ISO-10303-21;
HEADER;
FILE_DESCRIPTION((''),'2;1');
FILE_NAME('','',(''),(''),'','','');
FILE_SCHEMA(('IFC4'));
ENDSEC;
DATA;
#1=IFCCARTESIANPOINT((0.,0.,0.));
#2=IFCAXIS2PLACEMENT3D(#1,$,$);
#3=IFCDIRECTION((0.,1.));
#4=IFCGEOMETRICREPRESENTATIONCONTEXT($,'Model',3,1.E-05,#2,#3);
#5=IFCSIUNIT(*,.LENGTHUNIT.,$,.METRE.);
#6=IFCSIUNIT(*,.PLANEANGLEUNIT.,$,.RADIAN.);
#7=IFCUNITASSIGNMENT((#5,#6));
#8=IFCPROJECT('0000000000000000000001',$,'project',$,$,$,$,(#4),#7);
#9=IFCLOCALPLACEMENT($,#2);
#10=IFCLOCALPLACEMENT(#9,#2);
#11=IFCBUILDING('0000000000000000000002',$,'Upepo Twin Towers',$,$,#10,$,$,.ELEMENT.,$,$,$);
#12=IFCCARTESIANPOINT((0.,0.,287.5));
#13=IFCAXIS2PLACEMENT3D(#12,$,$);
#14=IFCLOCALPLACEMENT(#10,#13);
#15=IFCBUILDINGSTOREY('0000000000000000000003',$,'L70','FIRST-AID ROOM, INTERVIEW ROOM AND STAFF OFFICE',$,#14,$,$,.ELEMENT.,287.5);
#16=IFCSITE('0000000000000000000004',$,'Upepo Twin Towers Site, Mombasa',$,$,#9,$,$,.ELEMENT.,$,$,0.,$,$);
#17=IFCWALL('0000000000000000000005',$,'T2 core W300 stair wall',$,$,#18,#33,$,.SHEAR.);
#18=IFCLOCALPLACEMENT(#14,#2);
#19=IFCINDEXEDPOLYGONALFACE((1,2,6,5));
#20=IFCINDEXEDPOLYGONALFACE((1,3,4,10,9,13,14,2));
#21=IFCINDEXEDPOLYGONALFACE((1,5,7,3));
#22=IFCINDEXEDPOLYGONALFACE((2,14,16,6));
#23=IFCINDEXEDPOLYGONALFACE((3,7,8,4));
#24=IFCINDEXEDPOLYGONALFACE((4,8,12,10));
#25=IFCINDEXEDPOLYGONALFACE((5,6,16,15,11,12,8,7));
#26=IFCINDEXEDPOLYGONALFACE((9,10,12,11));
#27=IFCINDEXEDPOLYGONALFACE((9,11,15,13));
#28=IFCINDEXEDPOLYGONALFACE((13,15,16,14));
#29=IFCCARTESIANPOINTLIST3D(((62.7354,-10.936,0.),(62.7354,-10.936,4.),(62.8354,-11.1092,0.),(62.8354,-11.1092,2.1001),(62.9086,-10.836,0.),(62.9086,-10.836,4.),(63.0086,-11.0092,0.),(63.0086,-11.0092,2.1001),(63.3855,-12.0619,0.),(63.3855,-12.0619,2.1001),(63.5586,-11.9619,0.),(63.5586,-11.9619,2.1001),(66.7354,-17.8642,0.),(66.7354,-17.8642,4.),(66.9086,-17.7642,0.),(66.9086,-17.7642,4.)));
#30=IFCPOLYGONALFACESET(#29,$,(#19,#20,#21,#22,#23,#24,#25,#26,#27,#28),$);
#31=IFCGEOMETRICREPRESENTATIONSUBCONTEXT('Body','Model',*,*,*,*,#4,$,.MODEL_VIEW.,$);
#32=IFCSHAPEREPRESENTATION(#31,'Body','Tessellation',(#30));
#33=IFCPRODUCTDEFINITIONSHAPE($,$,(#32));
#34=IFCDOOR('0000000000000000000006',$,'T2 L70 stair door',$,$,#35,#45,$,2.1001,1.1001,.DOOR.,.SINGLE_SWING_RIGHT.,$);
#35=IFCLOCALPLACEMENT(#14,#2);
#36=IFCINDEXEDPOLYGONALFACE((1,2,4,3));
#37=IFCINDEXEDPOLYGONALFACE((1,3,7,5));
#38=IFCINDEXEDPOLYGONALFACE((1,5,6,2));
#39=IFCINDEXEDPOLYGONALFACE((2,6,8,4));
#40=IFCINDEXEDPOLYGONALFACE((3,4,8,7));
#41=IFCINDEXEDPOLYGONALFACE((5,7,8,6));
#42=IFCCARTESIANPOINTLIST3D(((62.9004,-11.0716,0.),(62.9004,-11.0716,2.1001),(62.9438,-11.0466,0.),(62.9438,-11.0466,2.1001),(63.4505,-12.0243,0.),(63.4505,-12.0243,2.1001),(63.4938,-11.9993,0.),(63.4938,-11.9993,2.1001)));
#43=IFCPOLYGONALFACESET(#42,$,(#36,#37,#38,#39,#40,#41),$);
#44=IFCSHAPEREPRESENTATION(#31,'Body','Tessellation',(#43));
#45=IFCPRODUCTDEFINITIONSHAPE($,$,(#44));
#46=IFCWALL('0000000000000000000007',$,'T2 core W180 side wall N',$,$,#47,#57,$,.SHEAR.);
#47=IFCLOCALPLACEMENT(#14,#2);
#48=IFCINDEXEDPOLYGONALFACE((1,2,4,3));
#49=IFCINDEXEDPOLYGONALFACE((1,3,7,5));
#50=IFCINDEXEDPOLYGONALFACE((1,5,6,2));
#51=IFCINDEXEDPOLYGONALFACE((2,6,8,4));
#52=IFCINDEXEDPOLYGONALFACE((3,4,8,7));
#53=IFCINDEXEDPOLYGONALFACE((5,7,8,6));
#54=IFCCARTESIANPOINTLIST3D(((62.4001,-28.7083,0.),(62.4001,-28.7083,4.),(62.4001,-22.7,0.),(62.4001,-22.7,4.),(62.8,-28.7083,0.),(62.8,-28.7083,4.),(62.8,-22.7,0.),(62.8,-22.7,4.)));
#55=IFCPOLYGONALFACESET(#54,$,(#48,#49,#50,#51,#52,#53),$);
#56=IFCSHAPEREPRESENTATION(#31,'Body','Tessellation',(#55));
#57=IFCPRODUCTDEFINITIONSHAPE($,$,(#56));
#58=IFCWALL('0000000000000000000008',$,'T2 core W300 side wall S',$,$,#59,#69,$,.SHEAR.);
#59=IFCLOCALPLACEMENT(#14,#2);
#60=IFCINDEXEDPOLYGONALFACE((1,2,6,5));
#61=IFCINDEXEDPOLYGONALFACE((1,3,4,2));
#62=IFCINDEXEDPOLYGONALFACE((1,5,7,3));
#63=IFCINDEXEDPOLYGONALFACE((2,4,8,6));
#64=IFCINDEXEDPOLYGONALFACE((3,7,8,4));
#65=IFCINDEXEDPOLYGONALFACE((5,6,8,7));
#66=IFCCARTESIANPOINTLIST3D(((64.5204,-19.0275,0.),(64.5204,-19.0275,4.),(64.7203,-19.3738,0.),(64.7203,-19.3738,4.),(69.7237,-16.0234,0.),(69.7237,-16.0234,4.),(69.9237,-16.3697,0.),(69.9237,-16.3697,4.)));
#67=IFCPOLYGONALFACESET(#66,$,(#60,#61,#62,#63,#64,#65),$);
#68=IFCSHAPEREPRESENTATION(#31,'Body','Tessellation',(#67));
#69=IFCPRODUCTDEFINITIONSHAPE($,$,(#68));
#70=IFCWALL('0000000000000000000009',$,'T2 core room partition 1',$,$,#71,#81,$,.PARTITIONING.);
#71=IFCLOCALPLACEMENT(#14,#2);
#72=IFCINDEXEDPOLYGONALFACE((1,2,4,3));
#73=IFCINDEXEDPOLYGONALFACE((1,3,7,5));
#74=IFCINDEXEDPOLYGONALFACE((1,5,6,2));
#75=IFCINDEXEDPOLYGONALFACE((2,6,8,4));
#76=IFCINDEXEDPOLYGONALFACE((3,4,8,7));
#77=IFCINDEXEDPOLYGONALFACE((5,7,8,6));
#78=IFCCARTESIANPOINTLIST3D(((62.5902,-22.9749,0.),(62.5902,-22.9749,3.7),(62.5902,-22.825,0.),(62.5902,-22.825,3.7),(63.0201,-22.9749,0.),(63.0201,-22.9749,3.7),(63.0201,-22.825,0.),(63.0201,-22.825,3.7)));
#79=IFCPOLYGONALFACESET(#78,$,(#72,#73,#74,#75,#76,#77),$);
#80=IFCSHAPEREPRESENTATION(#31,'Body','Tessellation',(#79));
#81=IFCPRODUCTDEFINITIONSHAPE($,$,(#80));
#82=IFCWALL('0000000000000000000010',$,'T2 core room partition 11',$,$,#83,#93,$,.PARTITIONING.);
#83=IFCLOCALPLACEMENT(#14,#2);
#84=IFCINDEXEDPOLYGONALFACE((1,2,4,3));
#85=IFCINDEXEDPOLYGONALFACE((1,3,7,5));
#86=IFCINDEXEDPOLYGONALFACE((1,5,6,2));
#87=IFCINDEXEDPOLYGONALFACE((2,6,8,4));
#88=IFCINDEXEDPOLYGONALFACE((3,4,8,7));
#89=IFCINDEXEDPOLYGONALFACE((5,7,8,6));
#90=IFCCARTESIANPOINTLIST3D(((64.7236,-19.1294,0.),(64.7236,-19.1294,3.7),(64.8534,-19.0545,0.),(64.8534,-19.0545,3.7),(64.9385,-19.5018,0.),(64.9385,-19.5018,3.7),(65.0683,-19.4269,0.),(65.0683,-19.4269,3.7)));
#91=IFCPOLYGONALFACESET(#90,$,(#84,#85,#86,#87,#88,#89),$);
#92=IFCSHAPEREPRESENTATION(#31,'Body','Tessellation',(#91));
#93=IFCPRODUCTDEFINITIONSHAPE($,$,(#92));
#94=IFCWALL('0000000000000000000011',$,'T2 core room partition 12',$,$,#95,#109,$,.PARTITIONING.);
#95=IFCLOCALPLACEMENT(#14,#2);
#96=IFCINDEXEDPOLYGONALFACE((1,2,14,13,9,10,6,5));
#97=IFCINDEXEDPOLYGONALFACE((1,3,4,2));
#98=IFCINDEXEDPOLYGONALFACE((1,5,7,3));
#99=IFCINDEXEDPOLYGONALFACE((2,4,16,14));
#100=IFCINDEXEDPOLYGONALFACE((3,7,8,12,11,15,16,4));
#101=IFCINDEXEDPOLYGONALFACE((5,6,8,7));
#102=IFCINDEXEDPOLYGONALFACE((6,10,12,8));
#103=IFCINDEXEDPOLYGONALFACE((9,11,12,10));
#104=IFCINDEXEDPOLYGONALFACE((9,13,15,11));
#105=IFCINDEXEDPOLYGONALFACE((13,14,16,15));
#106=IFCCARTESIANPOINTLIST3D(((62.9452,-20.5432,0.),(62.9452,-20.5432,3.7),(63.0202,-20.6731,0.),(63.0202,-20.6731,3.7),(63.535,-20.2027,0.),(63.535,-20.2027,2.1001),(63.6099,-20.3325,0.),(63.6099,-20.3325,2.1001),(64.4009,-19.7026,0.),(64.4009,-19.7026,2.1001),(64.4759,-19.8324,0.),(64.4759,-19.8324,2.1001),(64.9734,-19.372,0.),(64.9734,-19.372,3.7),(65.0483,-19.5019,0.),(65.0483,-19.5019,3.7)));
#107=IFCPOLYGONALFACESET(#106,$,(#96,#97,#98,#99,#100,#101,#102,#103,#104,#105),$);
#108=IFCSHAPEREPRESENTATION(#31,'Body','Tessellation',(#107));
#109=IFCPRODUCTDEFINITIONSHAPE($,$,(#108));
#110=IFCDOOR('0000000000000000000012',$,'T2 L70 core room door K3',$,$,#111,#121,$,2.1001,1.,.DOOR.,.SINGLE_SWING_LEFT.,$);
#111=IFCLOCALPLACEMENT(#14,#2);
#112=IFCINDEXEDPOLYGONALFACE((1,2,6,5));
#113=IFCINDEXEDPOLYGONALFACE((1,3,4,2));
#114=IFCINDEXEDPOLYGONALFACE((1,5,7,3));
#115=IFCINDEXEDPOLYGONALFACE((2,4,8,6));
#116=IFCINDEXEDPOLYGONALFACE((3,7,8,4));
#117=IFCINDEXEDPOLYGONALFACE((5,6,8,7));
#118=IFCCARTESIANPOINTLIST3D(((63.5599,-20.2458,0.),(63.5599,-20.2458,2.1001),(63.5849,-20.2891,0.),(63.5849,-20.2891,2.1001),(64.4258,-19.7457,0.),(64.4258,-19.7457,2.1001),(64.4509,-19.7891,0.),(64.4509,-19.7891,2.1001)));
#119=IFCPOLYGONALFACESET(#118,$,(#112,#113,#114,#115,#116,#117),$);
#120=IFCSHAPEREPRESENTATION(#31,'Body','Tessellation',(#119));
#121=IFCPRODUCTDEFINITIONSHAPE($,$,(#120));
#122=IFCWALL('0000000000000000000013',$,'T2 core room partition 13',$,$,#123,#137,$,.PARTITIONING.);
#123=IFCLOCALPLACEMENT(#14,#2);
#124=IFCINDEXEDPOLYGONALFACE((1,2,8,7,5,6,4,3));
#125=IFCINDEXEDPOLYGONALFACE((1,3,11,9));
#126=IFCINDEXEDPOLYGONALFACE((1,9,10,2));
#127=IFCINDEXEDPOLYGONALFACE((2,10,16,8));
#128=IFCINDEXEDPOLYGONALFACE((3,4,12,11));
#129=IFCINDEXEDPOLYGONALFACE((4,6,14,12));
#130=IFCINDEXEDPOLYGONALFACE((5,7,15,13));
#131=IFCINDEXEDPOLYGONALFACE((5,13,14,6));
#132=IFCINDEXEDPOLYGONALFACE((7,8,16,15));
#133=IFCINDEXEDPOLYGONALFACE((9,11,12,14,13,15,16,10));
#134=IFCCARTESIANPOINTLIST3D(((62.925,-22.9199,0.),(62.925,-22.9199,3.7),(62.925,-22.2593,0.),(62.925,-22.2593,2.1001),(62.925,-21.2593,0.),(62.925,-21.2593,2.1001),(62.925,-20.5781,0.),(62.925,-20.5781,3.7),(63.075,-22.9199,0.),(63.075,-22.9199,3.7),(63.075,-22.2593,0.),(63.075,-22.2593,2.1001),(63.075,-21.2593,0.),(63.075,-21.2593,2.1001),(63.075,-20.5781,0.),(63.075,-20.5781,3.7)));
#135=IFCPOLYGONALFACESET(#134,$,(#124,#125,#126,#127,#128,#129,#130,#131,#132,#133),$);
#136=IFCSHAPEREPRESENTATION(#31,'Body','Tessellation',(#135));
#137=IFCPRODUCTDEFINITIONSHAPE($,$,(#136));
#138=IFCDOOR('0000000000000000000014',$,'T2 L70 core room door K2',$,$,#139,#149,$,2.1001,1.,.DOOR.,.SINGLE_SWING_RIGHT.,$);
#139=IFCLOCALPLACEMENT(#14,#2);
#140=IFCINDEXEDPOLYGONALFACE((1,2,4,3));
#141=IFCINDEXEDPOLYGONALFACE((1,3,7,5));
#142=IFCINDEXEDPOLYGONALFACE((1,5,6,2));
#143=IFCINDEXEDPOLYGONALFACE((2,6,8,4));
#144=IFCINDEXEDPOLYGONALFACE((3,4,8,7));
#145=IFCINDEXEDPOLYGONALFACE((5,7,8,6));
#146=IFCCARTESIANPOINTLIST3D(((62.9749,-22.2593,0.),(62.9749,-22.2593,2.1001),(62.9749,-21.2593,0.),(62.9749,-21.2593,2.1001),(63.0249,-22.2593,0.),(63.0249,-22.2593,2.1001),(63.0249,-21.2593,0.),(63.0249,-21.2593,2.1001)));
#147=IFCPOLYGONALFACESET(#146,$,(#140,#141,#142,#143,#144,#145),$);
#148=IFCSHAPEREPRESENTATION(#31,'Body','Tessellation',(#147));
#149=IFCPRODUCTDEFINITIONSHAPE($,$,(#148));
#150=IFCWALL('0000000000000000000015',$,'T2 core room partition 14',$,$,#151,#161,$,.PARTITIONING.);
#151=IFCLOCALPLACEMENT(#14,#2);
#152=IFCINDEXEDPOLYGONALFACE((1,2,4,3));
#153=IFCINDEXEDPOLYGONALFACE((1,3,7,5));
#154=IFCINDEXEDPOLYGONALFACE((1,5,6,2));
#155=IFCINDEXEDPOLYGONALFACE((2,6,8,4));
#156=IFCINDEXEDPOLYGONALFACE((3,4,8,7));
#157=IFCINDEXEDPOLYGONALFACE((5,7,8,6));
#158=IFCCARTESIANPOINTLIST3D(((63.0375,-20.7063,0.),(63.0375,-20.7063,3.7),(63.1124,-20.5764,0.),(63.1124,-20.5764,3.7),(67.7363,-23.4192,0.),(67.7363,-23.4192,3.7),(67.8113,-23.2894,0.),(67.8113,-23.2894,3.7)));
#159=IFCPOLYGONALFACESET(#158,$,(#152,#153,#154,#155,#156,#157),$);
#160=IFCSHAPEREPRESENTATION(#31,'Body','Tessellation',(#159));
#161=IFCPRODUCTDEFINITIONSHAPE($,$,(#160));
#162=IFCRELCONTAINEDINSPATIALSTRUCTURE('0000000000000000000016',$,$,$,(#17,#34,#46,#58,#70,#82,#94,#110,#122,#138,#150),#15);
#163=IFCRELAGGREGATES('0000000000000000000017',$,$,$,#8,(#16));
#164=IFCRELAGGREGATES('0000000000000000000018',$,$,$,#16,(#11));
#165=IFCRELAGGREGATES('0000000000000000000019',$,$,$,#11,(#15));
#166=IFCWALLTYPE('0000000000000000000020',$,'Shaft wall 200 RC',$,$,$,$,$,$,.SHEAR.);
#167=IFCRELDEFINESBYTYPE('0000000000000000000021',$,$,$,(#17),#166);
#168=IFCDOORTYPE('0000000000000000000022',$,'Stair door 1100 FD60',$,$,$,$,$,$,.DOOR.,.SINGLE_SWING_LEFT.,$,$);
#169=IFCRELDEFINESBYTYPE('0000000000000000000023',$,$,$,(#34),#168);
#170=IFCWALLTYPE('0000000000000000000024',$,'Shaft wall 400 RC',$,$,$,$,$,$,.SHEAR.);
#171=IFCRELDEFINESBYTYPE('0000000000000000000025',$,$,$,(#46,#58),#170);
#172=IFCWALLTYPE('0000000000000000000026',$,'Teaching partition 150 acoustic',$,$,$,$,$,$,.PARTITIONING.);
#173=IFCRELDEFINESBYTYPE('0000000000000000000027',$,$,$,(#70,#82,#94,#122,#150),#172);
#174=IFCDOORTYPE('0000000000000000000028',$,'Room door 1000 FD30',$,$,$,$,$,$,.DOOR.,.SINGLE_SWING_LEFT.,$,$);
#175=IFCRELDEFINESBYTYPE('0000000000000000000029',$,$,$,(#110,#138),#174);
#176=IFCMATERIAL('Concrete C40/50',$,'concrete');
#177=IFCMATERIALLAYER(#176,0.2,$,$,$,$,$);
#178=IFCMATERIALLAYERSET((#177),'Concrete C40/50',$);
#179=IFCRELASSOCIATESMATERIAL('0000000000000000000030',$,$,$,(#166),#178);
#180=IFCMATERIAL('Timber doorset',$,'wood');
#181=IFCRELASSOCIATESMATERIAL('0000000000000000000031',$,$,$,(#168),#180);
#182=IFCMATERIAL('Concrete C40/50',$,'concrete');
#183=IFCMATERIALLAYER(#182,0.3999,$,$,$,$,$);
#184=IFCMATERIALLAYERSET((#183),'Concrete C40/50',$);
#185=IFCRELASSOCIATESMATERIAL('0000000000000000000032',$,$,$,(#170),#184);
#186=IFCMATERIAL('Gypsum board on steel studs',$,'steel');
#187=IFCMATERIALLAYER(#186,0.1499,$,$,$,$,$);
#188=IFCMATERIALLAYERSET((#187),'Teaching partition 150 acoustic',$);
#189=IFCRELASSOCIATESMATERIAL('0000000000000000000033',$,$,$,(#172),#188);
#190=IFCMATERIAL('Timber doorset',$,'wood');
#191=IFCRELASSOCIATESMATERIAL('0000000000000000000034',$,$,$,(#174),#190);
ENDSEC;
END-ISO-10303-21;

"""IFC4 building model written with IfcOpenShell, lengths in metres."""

from ifc_helpers import new_model, si_unit, direction, frame, frame_2d, origin, place, context, subcontext, project, spatial, rectangle, extrude, material, layer, layer_set, type_object, element, fill, save


model = new_model("IFC4")

# Units and contexts
model_context = context("Model", 3, precision=1e-05, world=origin(), true_north=direction((0.0, 1.0)))
body_context = subcontext(model_context, "Body", "Model", "MODEL_VIEW")
ifc_project = project(units=[si_unit("LENGTHUNIT", "METRE"), si_unit("PLANEANGLEUNIT", "RADIAN")], contexts=[model_context])

# Site, building, storey
site_placement = place(None, origin())
site = spatial("IfcSite", under=ifc_project, at=site_placement, Name="Upepo Twin Towers Site, Mombasa", CompositionType="ELEMENT", RefElevation=0.0)
building_placement = place(site_placement, origin())
building = spatial("IfcBuilding", under=site, at=building_placement, Name="Upepo Twin Towers", CompositionType="ELEMENT")
storey_placement = place(building_placement, frame((0.0, 0.0, 287.5)))
storey = spatial("IfcBuildingStorey", under=building, at=storey_placement, Name="L70", Description="FIRST-AID ROOM, INTERVIEW ROOM AND STAFF OFFICE", CompositionType="ELEMENT", Elevation=287.5)

# Shared definitions
ifc_material_1 = material(Name="Concrete C40/50", Category="concrete")
ifc_layer_1 = layer(ifc_material_1, 0.2)
ifc_layer_set_1 = layer_set([ifc_layer_1], Name="Concrete C40/50")
wall_type_1 = type_object("IfcWallType", Name="Shaft wall 200 RC", PredefinedType="SHEAR", material=ifc_layer_set_1)

# Wall, opening, door
wall_1_placement = place(storey_placement, frame((66.822, -17.8142, 0.0), z_axis=(0.0, 0.0, 1.0), x_axis=(-0.499999, 0.866026, 0.0)))
wall_1 = element("IfcWall", 1, at=wall_1_placement, inside=storey, type_object=wall_type_1, Name="T2 core W300 stair wall", PredefinedType="SHEAR", context=body_context, shape_type="SweptSolid", body=[
    extrude(rectangle(XDim=8.0, YDim=0.2, at=frame_2d((4.0, 0.0))), origin(), (0.0, 0.0, 1.0), 4.0),
])
opening_1_placement = place(wall_1_placement, frame((6.7, 0.0, 0.0)))
opening_1 = element("IfcOpeningElement", 2, at=opening_1_placement, cuts=wall_1, PredefinedType="OPENING", context=body_context, shape_type="SweptSolid", body=[
    extrude(rectangle(XDim=1.1001, YDim=2.1001, at=frame_2d((0.55, 1.05))), frame((0.0, 0.1099, 0.0), z_axis=(0.0, -1.0, 0.0), x_axis=(1.0, 0.0, 0.0)), (0.0, 0.0, 1.0), 0.22),
])
ifc_material_2 = material(Name="Timber doorset", Category="wood")
door_type_1 = type_object("IfcDoorType", Name="Stair door 1100 FD60", OperationType="SINGLE_SWING_LEFT", PredefinedType="DOOR", material=ifc_material_2)
door_1_placement = place(opening_1_placement, origin())
door_1 = element("IfcDoor", 3, at=door_1_placement, inside=storey, type_object=door_type_1, Name="T2 L70 stair door", OperationType="SINGLE_SWING_RIGHT", OverallHeight=2.1001, OverallWidth=1.1001, PredefinedType="DOOR", context=body_context, shape_type="SweptSolid", body=[
    extrude(rectangle(XDim=1.1001, YDim=2.1001, at=frame_2d((0.55, 1.05))), frame((0.0, 0.0249, 0.0), z_axis=(0.0, -1.0, 0.0), x_axis=(1.0, 0.0, 0.0)), (0.0, 0.0, 1.0), 0.05),
])
fill(opening_1, door_1)

# Walls
ifc_material_3 = material(Name="Concrete C40/50", Category="concrete")
ifc_layer_2 = layer(ifc_material_3, 0.3999)
ifc_layer_set_2 = layer_set([ifc_layer_2], Name="Concrete C40/50")
wall_type_2 = type_object("IfcWallType", Name="Shaft wall 400 RC", PredefinedType="SHEAR", material=ifc_layer_set_2)
for number, where, z_axis, x_axis, name in (
    (4, (62.6001, -22.7, 0.0), (0.0, 0.0, 1.0), (0.0, -1.0, 0.0), "T2 core W180 side wall N"),
    (5, (64.6204, -19.2007, 0.0), (0.0, 0.0, 1.0), (0.866027, 0.499998, 0.0), "T2 core W300 side wall S"),
):
    element("IfcWall", number, at=place(storey_placement, frame(where, z_axis=z_axis, x_axis=x_axis)), inside=storey, type_object=wall_type_2, Name=name, PredefinedType="SHEAR", context=body_context, shape_type="SweptSolid", body=[
        extrude(rectangle(XDim=6.0083, YDim=0.3999, at=frame_2d((3.0042, 0.0))), origin(), (0.0, 0.0, 1.0), 4.0),
    ])
ifc_material_4 = material(Name="Gypsum board on steel studs", Category="steel")
ifc_layer_3 = layer(ifc_material_4, 0.1499)
ifc_layer_set_3 = layer_set([ifc_layer_3], Name="Teaching partition 150 acoustic")
wall_type_3 = type_object("IfcWallType", Name="Teaching partition 150 acoustic", PredefinedType="PARTITIONING", material=ifc_layer_set_3)
for number, where, z_axis, x_axis, name in (
    (6, (63.02, -22.8999, 0.0), (0.0, 0.0, 1.0), (-1.0, 0.0, 0.0), "T2 core room partition 1"),
    (7, (64.7886, -19.092, 0.0), (0.0, 0.0, 1.0), (0.499804, -0.866138, 0.0), "T2 core room partition 11"),
):
    element("IfcWall", number, at=place(storey_placement, frame(where, z_axis=z_axis, x_axis=x_axis)), inside=storey, type_object=wall_type_3, Name=name, PredefinedType="PARTITIONING", context=body_context, shape_type="SweptSolid", body=[
        extrude(rectangle(XDim=0.4299, YDim=0.1499, at=frame_2d((0.2148, 0.0))), origin(), (0.0, 0.0, 1.0), 3.7),
    ])

# Walls, openings, doors
wall_2_placement = place(storey_placement, frame((65.0107, -19.437, 0.0), z_axis=(0.0, 0.0, 1.0), x_axis=(-0.865982, -0.500074, 0.0)))
wall_2 = element("IfcWall", 8, at=wall_2_placement, inside=storey, type_object=wall_type_3, Name="T2 core room partition 12", PredefinedType="PARTITIONING", context=body_context, shape_type="SweptSolid", body=[
    extrude(rectangle(XDim=2.342, YDim=0.1499, at=frame_2d((1.1709, 0.0))), origin(), (0.0, 0.0, 1.0), 3.7),
])
opening_2_placement = place(wall_2_placement, frame((0.6609, 0.0, 0.0)))
opening_2 = element("IfcOpeningElement", 9, at=opening_2_placement, cuts=wall_2, PredefinedType="OPENING", context=body_context, shape_type="SweptSolid", body=[
    extrude(rectangle(XDim=1.0, YDim=2.1001, at=frame_2d((0.5, 1.05))), frame((0.0, 0.085, 0.0), z_axis=(0.0, -1.0, 0.0), x_axis=(1.0, 0.0, 0.0)), (0.0, 0.0, 1.0), 0.1699),
])
ifc_material_5 = material(Name="Timber doorset", Category="wood")
door_type_2 = type_object("IfcDoorType", Name="Room door 1000 FD30", OperationType="SINGLE_SWING_LEFT", PredefinedType="DOOR", material=ifc_material_5)
door_2_placement = place(opening_2_placement, origin())
door_2 = element("IfcDoor", 10, at=door_2_placement, inside=storey, type_object=door_type_2, Name="T2 L70 core room door K3", OperationType="SINGLE_SWING_LEFT", OverallHeight=2.1001, OverallWidth=1.0, PredefinedType="DOOR", context=body_context, shape_type="SweptSolid", body=[
    extrude(rectangle(XDim=1.0, YDim=2.1001, at=frame_2d((0.5, 1.05))), frame((0.0, 0.0249, 0.0), z_axis=(0.0, -1.0, 0.0), x_axis=(1.0, 0.0, 0.0)), (0.0, 0.0, 1.0), 0.05),
])
fill(opening_2, door_2)
wall_3_placement = place(storey_placement, frame((63.0, -20.5781, 0.0), z_axis=(0.0, 0.0, 1.0), x_axis=(0.0, -1.0, 0.0)))
wall_3 = element("IfcWall", 11, at=wall_3_placement, inside=storey, type_object=wall_type_3, Name="T2 core room partition 13", PredefinedType="PARTITIONING", context=body_context, shape_type="SweptSolid", body=[
    extrude(rectangle(XDim=2.3418, YDim=0.1499, at=frame_2d((1.1709, 0.0))), origin(), (0.0, 0.0, 1.0), 3.7),
])
opening_3_placement = place(wall_3_placement, frame((0.6812, 0.0, 0.0)))
opening_3 = element("IfcOpeningElement", 12, at=opening_3_placement, cuts=wall_3, PredefinedType="OPENING", context=body_context, shape_type="SweptSolid", body=[
    extrude(rectangle(XDim=1.0, YDim=2.1001, at=frame_2d((0.5, 1.05))), frame((0.0, 0.085, 0.0), z_axis=(0.0, -1.0, 0.0), x_axis=(1.0, 0.0, 0.0)), (0.0, 0.0, 1.0), 0.1699),
])
door_3_placement = place(opening_3_placement, origin())
door_3 = element("IfcDoor", 13, at=door_3_placement, inside=storey, type_object=door_type_2, Name="T2 L70 core room door K2", OperationType="SINGLE_SWING_RIGHT", OverallHeight=2.1001, OverallWidth=1.0, PredefinedType="DOOR", context=body_context, shape_type="SweptSolid", body=[
    extrude(rectangle(XDim=1.0, YDim=2.1001, at=frame_2d((0.5, 1.05))), frame((0.0, 0.0249, 0.0), z_axis=(0.0, -1.0, 0.0), x_axis=(1.0, 0.0, 0.0)), (0.0, 0.0, 1.0), 0.05),
])
fill(opening_3, door_3)

# Wall
wall_4_placement = place(storey_placement, frame((63.075, -20.6414, 0.0), z_axis=(0.0, 0.0, 1.0), x_axis=(0.866019, -0.500011, 0.0)))
element("IfcWall", 14, at=wall_4_placement, inside=storey, type_object=wall_type_3, Name="T2 core room partition 14", PredefinedType="PARTITIONING", context=body_context, shape_type="SweptSolid", body=[
    extrude(rectangle(XDim=5.4258, YDim=0.1499, at=frame_2d((2.7129, 0.0))), origin(), (0.0, 0.0, 1.0), 3.7),
])

save(model, "model.ifc")
